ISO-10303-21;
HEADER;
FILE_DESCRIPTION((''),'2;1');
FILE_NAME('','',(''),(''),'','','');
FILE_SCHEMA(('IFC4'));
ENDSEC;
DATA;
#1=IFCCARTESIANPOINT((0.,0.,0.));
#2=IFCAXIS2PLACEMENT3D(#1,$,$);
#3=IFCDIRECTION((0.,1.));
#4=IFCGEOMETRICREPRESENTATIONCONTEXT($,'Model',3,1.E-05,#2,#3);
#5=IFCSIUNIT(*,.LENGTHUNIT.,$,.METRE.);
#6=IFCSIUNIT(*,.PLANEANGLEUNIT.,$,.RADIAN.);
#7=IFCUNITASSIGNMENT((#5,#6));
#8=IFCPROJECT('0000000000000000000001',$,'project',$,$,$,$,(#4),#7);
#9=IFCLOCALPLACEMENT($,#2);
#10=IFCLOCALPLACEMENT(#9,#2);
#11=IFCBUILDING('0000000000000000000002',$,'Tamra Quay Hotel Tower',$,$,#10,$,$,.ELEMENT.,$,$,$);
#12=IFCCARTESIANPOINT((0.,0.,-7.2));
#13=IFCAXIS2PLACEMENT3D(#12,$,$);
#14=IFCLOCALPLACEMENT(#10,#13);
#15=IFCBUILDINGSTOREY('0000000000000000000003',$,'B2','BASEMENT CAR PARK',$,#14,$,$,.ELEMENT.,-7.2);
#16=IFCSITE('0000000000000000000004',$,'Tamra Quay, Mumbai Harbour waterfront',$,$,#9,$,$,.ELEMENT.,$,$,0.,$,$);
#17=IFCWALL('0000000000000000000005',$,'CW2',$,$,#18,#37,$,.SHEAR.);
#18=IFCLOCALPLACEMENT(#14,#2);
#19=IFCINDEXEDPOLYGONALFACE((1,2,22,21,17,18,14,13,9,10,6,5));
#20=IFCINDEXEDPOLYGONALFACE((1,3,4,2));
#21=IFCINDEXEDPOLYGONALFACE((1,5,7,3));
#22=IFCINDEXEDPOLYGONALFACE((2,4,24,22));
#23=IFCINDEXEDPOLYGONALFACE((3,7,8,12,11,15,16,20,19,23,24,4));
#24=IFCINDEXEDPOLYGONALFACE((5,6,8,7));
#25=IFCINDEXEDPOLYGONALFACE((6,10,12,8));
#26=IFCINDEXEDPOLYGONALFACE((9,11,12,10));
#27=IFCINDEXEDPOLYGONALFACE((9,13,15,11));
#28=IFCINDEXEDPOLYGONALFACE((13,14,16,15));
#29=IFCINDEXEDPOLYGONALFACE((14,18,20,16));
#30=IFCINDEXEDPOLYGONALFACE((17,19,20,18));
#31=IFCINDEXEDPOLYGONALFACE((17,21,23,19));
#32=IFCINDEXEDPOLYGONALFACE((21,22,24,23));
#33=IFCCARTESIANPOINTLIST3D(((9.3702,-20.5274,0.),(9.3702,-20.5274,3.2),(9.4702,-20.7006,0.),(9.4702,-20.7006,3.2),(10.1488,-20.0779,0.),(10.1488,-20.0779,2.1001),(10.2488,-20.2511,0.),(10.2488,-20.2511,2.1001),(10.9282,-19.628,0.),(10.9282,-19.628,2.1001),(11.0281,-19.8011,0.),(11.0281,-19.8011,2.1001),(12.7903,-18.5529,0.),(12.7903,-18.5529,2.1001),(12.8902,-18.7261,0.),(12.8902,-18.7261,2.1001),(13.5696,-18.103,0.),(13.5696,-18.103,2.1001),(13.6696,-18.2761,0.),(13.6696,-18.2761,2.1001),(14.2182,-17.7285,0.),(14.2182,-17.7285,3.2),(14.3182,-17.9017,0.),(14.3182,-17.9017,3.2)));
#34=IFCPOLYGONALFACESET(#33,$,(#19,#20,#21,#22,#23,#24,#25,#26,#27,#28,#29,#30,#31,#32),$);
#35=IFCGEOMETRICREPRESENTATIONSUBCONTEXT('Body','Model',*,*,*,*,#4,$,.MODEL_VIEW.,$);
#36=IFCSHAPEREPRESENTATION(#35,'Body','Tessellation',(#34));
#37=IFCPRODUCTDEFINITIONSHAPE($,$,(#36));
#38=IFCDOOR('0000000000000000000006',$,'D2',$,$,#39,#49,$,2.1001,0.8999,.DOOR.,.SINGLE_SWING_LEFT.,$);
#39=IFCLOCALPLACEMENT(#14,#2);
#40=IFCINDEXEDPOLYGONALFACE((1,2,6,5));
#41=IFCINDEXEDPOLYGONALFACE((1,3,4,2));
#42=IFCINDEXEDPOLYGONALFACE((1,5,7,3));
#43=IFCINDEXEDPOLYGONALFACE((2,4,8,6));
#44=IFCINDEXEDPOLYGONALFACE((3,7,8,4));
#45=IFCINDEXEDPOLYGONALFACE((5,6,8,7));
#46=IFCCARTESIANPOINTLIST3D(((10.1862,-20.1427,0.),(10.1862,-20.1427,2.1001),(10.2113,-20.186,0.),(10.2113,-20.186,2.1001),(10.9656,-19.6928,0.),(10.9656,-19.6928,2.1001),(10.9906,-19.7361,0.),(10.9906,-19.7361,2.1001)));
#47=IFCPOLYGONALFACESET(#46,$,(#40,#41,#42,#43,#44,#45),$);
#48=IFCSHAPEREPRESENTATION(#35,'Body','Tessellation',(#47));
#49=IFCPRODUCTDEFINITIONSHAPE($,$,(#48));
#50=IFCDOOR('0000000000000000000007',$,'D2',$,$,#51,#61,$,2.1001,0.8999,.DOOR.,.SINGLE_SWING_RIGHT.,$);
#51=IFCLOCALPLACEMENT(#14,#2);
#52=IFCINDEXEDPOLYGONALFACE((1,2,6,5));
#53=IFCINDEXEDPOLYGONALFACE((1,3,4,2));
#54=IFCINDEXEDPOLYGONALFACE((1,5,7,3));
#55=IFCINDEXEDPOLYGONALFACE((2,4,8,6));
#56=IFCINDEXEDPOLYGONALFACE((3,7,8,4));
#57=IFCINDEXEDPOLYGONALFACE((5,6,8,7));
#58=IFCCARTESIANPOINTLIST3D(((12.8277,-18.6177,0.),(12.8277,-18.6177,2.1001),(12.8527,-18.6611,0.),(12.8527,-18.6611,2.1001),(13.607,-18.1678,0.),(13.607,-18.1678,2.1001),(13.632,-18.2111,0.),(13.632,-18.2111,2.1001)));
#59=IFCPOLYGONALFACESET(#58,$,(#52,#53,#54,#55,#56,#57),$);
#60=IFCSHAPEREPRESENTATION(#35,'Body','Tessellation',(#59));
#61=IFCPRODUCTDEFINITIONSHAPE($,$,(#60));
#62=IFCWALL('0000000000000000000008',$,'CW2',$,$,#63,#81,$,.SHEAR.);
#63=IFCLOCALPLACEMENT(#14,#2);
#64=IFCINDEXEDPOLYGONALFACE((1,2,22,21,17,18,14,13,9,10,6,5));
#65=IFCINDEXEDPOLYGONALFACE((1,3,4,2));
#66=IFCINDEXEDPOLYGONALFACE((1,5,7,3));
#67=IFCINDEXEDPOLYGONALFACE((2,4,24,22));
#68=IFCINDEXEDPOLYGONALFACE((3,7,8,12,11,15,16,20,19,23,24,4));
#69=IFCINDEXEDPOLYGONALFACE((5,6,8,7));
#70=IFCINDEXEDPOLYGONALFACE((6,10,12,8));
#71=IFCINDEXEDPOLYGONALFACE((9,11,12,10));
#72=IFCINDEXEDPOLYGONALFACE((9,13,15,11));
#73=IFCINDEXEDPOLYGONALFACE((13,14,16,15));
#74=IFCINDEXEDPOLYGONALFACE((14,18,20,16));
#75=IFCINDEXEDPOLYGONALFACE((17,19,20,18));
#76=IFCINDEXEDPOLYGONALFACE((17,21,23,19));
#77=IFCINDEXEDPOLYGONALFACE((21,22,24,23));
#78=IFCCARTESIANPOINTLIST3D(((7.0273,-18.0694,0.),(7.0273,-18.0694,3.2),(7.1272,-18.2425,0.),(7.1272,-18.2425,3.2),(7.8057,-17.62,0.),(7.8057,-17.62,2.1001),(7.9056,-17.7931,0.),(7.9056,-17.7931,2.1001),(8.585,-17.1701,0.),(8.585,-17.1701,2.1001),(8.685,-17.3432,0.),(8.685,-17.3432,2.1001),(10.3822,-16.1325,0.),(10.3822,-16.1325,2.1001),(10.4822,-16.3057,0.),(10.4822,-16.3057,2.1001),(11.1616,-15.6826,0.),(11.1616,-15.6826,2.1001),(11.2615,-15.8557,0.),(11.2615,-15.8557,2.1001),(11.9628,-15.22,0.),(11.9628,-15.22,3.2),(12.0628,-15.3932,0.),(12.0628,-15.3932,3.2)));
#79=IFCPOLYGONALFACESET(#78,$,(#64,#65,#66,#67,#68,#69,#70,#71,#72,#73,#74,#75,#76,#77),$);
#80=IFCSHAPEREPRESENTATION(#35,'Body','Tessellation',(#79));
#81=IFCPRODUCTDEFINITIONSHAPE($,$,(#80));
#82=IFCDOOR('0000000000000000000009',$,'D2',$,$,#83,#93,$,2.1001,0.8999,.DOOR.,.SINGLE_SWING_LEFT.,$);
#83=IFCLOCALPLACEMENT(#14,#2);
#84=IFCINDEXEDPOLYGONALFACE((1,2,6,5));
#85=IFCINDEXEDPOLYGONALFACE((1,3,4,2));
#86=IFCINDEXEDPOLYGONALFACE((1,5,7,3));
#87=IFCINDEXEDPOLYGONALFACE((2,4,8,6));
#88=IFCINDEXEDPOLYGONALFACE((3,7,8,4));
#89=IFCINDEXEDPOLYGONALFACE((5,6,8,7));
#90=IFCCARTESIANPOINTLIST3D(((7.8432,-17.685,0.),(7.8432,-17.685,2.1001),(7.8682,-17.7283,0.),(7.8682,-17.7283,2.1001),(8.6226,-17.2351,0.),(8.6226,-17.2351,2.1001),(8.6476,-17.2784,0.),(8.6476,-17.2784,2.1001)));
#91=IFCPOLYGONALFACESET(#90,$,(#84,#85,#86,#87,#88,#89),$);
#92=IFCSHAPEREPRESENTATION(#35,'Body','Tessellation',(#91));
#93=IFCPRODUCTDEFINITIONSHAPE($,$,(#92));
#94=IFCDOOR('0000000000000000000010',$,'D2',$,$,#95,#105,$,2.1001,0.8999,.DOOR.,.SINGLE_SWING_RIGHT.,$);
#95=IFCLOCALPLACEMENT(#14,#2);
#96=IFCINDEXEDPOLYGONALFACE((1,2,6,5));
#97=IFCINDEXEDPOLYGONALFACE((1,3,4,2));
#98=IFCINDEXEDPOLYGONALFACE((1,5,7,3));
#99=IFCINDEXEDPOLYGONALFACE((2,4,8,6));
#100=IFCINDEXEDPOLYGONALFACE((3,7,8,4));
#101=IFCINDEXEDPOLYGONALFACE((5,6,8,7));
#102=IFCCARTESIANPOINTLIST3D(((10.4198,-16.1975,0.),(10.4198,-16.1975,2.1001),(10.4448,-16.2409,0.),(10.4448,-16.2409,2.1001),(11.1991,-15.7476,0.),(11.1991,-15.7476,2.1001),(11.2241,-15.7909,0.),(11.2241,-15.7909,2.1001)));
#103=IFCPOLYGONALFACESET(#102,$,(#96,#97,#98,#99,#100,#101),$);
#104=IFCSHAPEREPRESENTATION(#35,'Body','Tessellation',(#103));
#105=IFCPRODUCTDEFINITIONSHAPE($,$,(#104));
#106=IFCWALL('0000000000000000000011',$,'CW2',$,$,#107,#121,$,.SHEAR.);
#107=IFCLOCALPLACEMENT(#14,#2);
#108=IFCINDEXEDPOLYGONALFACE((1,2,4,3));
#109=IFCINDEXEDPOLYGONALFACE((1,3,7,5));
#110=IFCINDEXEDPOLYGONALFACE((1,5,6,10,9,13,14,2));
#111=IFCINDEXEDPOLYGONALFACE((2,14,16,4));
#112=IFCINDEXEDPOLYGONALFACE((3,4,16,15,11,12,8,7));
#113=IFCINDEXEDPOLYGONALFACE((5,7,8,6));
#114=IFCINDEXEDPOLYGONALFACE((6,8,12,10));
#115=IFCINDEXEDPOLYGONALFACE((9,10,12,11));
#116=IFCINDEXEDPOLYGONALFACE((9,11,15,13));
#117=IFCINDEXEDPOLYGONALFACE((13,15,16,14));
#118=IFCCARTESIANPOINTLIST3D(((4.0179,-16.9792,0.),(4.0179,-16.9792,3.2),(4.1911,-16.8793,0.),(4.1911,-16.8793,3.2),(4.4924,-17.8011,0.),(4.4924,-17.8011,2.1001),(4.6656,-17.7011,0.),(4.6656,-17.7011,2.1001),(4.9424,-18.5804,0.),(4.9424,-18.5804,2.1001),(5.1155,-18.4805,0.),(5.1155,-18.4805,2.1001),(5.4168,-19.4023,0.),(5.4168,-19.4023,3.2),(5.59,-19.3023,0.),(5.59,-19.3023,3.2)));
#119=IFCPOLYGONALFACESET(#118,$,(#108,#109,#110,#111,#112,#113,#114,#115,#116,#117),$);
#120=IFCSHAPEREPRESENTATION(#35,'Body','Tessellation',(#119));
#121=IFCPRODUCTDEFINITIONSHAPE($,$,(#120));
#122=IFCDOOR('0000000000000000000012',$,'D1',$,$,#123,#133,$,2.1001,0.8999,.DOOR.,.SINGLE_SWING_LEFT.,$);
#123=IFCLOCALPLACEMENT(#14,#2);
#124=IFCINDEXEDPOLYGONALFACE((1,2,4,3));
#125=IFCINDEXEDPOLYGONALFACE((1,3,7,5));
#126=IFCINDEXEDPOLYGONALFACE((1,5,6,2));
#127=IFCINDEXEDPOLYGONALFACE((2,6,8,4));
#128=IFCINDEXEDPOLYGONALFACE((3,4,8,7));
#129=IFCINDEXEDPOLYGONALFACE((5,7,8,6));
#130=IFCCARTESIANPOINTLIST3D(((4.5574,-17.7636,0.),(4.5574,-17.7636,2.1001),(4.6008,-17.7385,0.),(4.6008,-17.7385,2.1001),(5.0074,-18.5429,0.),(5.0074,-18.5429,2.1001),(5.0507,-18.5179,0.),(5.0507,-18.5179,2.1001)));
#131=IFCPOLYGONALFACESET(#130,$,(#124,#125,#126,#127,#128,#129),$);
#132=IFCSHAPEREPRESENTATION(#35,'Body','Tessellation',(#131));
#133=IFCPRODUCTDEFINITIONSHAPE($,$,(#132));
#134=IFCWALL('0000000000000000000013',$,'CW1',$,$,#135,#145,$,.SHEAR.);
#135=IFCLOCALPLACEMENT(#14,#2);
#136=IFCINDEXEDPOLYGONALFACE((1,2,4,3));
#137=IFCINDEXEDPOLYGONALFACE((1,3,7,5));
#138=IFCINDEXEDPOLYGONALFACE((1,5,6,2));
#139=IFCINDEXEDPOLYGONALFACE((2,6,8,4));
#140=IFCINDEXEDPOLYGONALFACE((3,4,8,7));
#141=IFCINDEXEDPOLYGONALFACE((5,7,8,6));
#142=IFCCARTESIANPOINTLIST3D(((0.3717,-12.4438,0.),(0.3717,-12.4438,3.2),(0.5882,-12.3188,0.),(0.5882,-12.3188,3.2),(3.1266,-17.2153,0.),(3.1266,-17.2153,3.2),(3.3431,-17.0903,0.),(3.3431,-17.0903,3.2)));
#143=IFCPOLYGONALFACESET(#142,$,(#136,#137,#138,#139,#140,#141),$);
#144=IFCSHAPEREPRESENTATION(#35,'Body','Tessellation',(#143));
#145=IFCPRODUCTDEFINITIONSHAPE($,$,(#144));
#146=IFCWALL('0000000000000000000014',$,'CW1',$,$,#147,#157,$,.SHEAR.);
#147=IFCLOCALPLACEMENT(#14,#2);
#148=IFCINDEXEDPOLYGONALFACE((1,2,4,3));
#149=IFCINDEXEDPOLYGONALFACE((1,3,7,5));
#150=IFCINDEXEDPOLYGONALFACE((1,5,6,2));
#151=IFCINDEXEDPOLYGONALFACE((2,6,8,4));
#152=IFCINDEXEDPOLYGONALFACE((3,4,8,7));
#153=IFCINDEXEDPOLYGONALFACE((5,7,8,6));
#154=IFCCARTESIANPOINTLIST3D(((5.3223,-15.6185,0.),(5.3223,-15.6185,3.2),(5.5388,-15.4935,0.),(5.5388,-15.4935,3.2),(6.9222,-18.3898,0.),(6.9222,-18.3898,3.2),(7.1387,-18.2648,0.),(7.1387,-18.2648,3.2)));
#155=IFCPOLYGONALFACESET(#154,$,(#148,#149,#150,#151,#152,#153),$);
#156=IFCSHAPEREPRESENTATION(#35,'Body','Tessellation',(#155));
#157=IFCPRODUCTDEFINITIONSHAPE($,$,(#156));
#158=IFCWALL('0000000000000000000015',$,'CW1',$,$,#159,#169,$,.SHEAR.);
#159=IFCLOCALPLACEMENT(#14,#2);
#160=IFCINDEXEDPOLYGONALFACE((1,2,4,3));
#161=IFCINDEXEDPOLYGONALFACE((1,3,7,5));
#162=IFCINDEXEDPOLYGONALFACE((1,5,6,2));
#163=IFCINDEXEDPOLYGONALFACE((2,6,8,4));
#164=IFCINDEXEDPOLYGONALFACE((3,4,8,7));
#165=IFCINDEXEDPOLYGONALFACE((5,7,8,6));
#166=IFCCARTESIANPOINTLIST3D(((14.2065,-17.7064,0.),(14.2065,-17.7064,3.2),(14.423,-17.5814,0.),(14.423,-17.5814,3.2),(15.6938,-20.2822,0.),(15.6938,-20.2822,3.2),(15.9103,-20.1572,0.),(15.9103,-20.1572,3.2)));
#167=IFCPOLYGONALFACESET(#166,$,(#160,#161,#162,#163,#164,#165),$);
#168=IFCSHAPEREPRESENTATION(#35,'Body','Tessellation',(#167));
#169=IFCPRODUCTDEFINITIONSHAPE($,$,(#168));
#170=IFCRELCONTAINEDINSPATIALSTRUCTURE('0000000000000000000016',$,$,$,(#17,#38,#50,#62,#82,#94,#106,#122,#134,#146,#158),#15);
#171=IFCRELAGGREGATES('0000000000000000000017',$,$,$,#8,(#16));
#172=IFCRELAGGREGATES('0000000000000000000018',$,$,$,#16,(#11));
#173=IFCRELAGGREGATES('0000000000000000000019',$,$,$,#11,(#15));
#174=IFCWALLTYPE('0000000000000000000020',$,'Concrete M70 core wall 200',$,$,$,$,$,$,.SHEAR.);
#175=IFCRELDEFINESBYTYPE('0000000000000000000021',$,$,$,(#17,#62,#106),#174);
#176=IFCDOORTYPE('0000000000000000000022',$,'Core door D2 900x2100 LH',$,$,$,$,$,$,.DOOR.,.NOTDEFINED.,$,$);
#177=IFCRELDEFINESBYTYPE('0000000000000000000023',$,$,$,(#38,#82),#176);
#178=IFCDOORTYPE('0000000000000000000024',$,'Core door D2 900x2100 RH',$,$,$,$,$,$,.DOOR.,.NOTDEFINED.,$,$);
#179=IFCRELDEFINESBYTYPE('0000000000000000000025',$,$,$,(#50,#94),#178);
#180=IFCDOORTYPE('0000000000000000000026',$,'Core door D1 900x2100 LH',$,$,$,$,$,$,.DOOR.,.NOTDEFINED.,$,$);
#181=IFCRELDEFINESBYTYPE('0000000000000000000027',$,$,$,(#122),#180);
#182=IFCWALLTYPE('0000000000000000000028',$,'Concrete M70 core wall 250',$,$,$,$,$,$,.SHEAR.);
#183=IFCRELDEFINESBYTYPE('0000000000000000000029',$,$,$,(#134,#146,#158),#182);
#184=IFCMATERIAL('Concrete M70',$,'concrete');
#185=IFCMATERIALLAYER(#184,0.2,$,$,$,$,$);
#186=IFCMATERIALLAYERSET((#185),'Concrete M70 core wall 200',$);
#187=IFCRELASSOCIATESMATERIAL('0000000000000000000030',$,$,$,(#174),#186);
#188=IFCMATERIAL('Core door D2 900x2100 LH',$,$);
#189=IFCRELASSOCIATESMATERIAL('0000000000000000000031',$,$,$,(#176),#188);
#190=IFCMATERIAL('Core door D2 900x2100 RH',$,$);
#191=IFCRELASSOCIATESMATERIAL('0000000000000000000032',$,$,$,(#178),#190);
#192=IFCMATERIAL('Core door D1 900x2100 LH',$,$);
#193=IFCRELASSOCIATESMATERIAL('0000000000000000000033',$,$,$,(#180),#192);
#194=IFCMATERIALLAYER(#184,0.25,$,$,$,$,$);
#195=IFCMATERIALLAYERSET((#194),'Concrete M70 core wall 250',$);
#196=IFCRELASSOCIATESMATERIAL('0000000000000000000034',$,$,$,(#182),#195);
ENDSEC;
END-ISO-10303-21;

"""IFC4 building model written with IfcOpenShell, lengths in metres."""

from ifc_helpers import new_model, si_unit, direction, frame, frame_2d, origin, place, context, subcontext, project, spatial, rectangle, extrude, material, layer, layer_set, type_object, element, fill, save


model = new_model("IFC4")

# Units and contexts
model_context = context("Model", 3, precision=1e-05, world=origin(), true_north=direction((0.0, 1.0)))
body_context = subcontext(model_context, "Body", "Model", "MODEL_VIEW")
ifc_project = project(units=[si_unit("LENGTHUNIT", "METRE"), si_unit("PLANEANGLEUNIT", "RADIAN")], contexts=[model_context])

# Site, building, storey
site_placement = place(None, origin())
site = spatial("IfcSite", under=ifc_project, at=site_placement, Name="Tamra Quay, Mumbai Harbour waterfront", CompositionType="ELEMENT", RefElevation=0.0)
building_placement = place(site_placement, origin())
building = spatial("IfcBuilding", under=site, at=building_placement, Name="Tamra Quay Hotel Tower", CompositionType="ELEMENT")
storey_placement = place(building_placement, frame((0.0, 0.0, -7.2)))
storey = spatial("IfcBuildingStorey", under=building, at=storey_placement, Name="B2", Description="BASEMENT CAR PARK", CompositionType="ELEMENT", Elevation=-7.2)

# Walls, openings, doors
ifc_material_1 = material(Name="Concrete M70", Category="concrete")
ifc_layer_1 = layer(ifc_material_1, 0.2)
ifc_layer_set_1 = layer_set([ifc_layer_1], Name="Concrete M70 core wall 200")
wall_type_1 = type_object("IfcWallType", Name="Concrete M70 core wall 200", PredefinedType="SHEAR", material=ifc_layer_set_1)
wall_1_placement = place(storey_placement, frame((14.2681, -17.8152, 0.0), z_axis=(0.0, 0.0, 1.0), x_axis=(-0.866034, -0.499985, 0.0)))
wall_1 = element("IfcWall", 1, at=wall_1_placement, inside=storey, type_object=wall_type_1, Name="CW2", PredefinedType="SHEAR", context=body_context, shape_type="SweptSolid", body=[
    extrude(rectangle(XDim=5.5979, YDim=0.2, at=frame_2d((2.7988, 0.0))), origin(), (0.0, 0.0, 1.0), 3.2),
])
opening_1_placement = place(wall_1_placement, frame((3.7988, 0.0, 0.0)))
opening_1 = element("IfcOpeningElement", 2, at=opening_1_placement, cuts=wall_1, PredefinedType="OPENING", context=body_context, shape_type="SweptSolid", body=[
    extrude(rectangle(XDim=0.8999, YDim=2.1001, at=frame_2d((0.45, 1.05))), frame((0.0, 0.1099, 0.0), z_axis=(0.0, -1.0, 0.0), x_axis=(1.0, 0.0, 0.0)), (0.0, 0.0, 1.0), 0.22),
])
opening_2_placement = place(wall_1_placement, frame((0.7488, 0.0, 0.0)))
opening_2 = element("IfcOpeningElement", 3, at=opening_2_placement, cuts=wall_1, PredefinedType="OPENING", context=body_context, shape_type="SweptSolid", body=[
    extrude(rectangle(XDim=0.8999, YDim=2.1001, at=frame_2d((0.45, 1.05))), frame((0.0, 0.1099, 0.0), z_axis=(0.0, -1.0, 0.0), x_axis=(1.0, 0.0, 0.0)), (0.0, 0.0, 1.0), 0.22),
])
ifc_material_2 = material(Name="Core door D2 900x2100 LH")
door_type_1 = type_object("IfcDoorType", Name="Core door D2 900x2100 LH", OperationType="NOTDEFINED", PredefinedType="DOOR", material=ifc_material_2)
door_1_placement = place(opening_1_placement, origin())
door_1 = element("IfcDoor", 4, at=door_1_placement, inside=storey, type_object=door_type_1, Name="D2", OperationType="SINGLE_SWING_LEFT", OverallHeight=2.1001, OverallWidth=0.8999, PredefinedType="DOOR", context=body_context, shape_type="SweptSolid", body=[
    extrude(rectangle(XDim=0.8999, YDim=2.1001, at=frame_2d((0.45, 1.05))), frame((0.0, 0.0249, 0.0), z_axis=(0.0, -1.0, 0.0), x_axis=(1.0, 0.0, 0.0)), (0.0, 0.0, 1.0), 0.05),
])
fill(opening_1, door_1)
ifc_material_3 = material(Name="Core door D2 900x2100 RH")
door_type_2 = type_object("IfcDoorType", Name="Core door D2 900x2100 RH", OperationType="NOTDEFINED", PredefinedType="DOOR", material=ifc_material_3)
door_2_placement = place(opening_2_placement, origin())
door_2 = element("IfcDoor", 5, at=door_2_placement, inside=storey, type_object=door_type_2, Name="D2", OperationType="SINGLE_SWING_RIGHT", OverallHeight=2.1001, OverallWidth=0.8999, PredefinedType="DOOR", context=body_context, shape_type="SweptSolid", body=[
    extrude(rectangle(XDim=0.8999, YDim=2.1001, at=frame_2d((0.45, 1.05))), frame((0.0, 0.0249, 0.0), z_axis=(0.0, -1.0, 0.0), x_axis=(1.0, 0.0, 0.0)), (0.0, 0.0, 1.0), 0.05),
])
fill(opening_2, door_2)
wall_2_placement = place(storey_placement, frame((7.0771, -18.156, 0.0), z_axis=(0.0, 0.0, 1.0), x_axis=(0.866039, 0.499977, 0.0)))
wall_2 = element("IfcWall", 6, at=wall_2_placement, inside=storey, type_object=wall_type_1, Name="CW2", PredefinedType="SHEAR", context=body_context, shape_type="SweptSolid", body=[
    extrude(rectangle(XDim=5.699, YDim=0.2, at=frame_2d((2.8496, 0.0))), origin(), (0.0, 0.0, 1.0), 3.2),
])
opening_3_placement = place(wall_2_placement, frame((0.8989, 0.0, 0.0)))
opening_3 = element("IfcOpeningElement", 7, at=opening_3_placement, cuts=wall_2, PredefinedType="OPENING", context=body_context, shape_type="SweptSolid", body=[
    extrude(rectangle(XDim=0.8999, YDim=2.1001, at=frame_2d((0.45, 1.05))), frame((0.0, 0.1099, 0.0), z_axis=(0.0, -1.0, 0.0), x_axis=(1.0, 0.0, 0.0)), (0.0, 0.0, 1.0), 0.22),
])
opening_4_placement = place(wall_2_placement, frame((3.874, 0.0, 0.0)))
opening_4 = element("IfcOpeningElement", 8, at=opening_4_placement, cuts=wall_2, PredefinedType="OPENING", context=body_context, shape_type="SweptSolid", body=[
    extrude(rectangle(XDim=0.8999, YDim=2.1001, at=frame_2d((0.45, 1.05))), frame((0.0, 0.1099, 0.0), z_axis=(0.0, -1.0, 0.0), x_axis=(1.0, 0.0, 0.0)), (0.0, 0.0, 1.0), 0.22),
])
door_3_placement = place(opening_3_placement, origin())
door_3 = element("IfcDoor", 9, at=door_3_placement, inside=storey, type_object=door_type_1, Name="D2", OperationType="SINGLE_SWING_LEFT", OverallHeight=2.1001, OverallWidth=0.8999, PredefinedType="DOOR", context=body_context, shape_type="SweptSolid", body=[
    extrude(rectangle(XDim=0.8999, YDim=2.1001, at=frame_2d((0.45, 1.05))), frame((0.0, 0.0249, 0.0), z_axis=(0.0, -1.0, 0.0), x_axis=(1.0, 0.0, 0.0)), (0.0, 0.0, 1.0), 0.05),
])
fill(opening_3, door_3)
door_4_placement = place(opening_4_placement, origin())
door_4 = element("IfcDoor", 10, at=door_4_placement, inside=storey, type_object=door_type_2, Name="D2", OperationType="SINGLE_SWING_RIGHT", OverallHeight=2.1001, OverallWidth=0.8999, PredefinedType="DOOR", context=body_context, shape_type="SweptSolid", body=[
    extrude(rectangle(XDim=0.8999, YDim=2.1001, at=frame_2d((0.45, 1.05))), frame((0.0, 0.0249, 0.0), z_axis=(0.0, -1.0, 0.0), x_axis=(1.0, 0.0, 0.0)), (0.0, 0.0, 1.0), 0.05),
])
fill(opening_4, door_4)

# Wall, opening, door
wall_3_placement = place(storey_placement, frame((5.5034, -19.3523, 0.0), z_axis=(0.0, 0.0, 1.0), x_axis=(-0.499987, 0.866033, 0.0)))
wall_3 = element("IfcWall", 11, at=wall_3_placement, inside=storey, type_object=wall_type_1, Name="CW2", PredefinedType="SHEAR", context=body_context, shape_type="SweptSolid", body=[
    extrude(rectangle(XDim=2.7979, YDim=0.2, at=frame_2d((1.3989, 0.0))), origin(), (0.0, 0.0, 1.0), 3.2),
])
opening_5_placement = place(wall_3_placement, frame((0.949, 0.0, 0.0)))
opening_5 = element("IfcOpeningElement", 12, at=opening_5_placement, cuts=wall_3, PredefinedType="OPENING", context=body_context, shape_type="SweptSolid", body=[
    extrude(rectangle(XDim=0.8999, YDim=2.1001, at=frame_2d((0.45, 1.05))), frame((0.0, 0.1099, 0.0), z_axis=(0.0, -1.0, 0.0), x_axis=(1.0, 0.0, 0.0)), (0.0, 0.0, 1.0), 0.22),
])
ifc_material_4 = material(Name="Core door D1 900x2100 LH")
door_type_3 = type_object("IfcDoorType", Name="Core door D1 900x2100 LH", OperationType="NOTDEFINED", PredefinedType="DOOR", material=ifc_material_4)
door_5_placement = place(opening_5_placement, origin())
door_5 = element("IfcDoor", 13, at=door_5_placement, inside=storey, type_object=door_type_3, Name="D1", OperationType="SINGLE_SWING_LEFT", OverallHeight=2.1001, OverallWidth=0.8999, PredefinedType="DOOR", context=body_context, shape_type="SweptSolid", body=[
    extrude(rectangle(XDim=0.8999, YDim=2.1001, at=frame_2d((0.45, 1.05))), frame((0.0, 0.0249, 0.0), z_axis=(0.0, -1.0, 0.0), x_axis=(1.0, 0.0, 0.0)), (0.0, 0.0, 1.0), 0.05),
])
fill(opening_5, door_5)

# Walls
ifc_layer_2 = layer(ifc_material_1, 0.25)
ifc_layer_set_2 = layer_set([ifc_layer_2], Name="Concrete M70 core wall 250")
wall_type_2 = type_object("IfcWallType", Name="Concrete M70 core wall 250", PredefinedType="SHEAR", material=ifc_layer_set_2)
wall_4_placement = place(storey_placement, frame((3.2349, -17.1528, 0.0), z_axis=(0.0, 0.0, 1.0), x_axis=(-0.500009, 0.86602, 0.0)))
element("IfcWall", 14, at=wall_4_placement, inside=storey, type_object=wall_type_2, Name="CW1", PredefinedType="SHEAR", context=body_context, shape_type="SweptSolid", body=[
    extrude(rectangle(XDim=5.5098, YDim=0.25, at=frame_2d((2.7549, 0.0))), origin(), (0.0, 0.0, 1.0), 3.2),
])
wall_5_placement = place(storey_placement, frame((7.0305, -18.3274, 0.0), z_axis=(0.0, 0.0, 1.0), x_axis=(-0.499971, 0.866042, 0.0)))
element("IfcWall", 15, at=wall_5_placement, inside=storey, type_object=wall_type_2, Name="CW1", PredefinedType="SHEAR", context=body_context, shape_type="SweptSolid", body=[
    extrude(rectangle(XDim=3.2, YDim=0.25, at=frame_2d((1.6001, 0.0))), origin(), (0.0, 0.0, 1.0), 3.2),
])
wall_6_placement = place(storey_placement, frame((14.3147, -17.6438, 0.0), z_axis=(0.0, 0.0, 1.0), x_axis=(0.500023, -0.866012, 0.0)))
element("IfcWall", 16, at=wall_6_placement, inside=storey, type_object=wall_type_2, Name="CW1", PredefinedType="SHEAR", context=body_context, shape_type="SweptSolid", body=[
    extrude(rectangle(XDim=2.9744, YDim=0.25, at=frame_2d((1.4873, 0.0))), origin(), (0.0, 0.0, 1.0), 3.2),
])

save(model, "model.ifc")
